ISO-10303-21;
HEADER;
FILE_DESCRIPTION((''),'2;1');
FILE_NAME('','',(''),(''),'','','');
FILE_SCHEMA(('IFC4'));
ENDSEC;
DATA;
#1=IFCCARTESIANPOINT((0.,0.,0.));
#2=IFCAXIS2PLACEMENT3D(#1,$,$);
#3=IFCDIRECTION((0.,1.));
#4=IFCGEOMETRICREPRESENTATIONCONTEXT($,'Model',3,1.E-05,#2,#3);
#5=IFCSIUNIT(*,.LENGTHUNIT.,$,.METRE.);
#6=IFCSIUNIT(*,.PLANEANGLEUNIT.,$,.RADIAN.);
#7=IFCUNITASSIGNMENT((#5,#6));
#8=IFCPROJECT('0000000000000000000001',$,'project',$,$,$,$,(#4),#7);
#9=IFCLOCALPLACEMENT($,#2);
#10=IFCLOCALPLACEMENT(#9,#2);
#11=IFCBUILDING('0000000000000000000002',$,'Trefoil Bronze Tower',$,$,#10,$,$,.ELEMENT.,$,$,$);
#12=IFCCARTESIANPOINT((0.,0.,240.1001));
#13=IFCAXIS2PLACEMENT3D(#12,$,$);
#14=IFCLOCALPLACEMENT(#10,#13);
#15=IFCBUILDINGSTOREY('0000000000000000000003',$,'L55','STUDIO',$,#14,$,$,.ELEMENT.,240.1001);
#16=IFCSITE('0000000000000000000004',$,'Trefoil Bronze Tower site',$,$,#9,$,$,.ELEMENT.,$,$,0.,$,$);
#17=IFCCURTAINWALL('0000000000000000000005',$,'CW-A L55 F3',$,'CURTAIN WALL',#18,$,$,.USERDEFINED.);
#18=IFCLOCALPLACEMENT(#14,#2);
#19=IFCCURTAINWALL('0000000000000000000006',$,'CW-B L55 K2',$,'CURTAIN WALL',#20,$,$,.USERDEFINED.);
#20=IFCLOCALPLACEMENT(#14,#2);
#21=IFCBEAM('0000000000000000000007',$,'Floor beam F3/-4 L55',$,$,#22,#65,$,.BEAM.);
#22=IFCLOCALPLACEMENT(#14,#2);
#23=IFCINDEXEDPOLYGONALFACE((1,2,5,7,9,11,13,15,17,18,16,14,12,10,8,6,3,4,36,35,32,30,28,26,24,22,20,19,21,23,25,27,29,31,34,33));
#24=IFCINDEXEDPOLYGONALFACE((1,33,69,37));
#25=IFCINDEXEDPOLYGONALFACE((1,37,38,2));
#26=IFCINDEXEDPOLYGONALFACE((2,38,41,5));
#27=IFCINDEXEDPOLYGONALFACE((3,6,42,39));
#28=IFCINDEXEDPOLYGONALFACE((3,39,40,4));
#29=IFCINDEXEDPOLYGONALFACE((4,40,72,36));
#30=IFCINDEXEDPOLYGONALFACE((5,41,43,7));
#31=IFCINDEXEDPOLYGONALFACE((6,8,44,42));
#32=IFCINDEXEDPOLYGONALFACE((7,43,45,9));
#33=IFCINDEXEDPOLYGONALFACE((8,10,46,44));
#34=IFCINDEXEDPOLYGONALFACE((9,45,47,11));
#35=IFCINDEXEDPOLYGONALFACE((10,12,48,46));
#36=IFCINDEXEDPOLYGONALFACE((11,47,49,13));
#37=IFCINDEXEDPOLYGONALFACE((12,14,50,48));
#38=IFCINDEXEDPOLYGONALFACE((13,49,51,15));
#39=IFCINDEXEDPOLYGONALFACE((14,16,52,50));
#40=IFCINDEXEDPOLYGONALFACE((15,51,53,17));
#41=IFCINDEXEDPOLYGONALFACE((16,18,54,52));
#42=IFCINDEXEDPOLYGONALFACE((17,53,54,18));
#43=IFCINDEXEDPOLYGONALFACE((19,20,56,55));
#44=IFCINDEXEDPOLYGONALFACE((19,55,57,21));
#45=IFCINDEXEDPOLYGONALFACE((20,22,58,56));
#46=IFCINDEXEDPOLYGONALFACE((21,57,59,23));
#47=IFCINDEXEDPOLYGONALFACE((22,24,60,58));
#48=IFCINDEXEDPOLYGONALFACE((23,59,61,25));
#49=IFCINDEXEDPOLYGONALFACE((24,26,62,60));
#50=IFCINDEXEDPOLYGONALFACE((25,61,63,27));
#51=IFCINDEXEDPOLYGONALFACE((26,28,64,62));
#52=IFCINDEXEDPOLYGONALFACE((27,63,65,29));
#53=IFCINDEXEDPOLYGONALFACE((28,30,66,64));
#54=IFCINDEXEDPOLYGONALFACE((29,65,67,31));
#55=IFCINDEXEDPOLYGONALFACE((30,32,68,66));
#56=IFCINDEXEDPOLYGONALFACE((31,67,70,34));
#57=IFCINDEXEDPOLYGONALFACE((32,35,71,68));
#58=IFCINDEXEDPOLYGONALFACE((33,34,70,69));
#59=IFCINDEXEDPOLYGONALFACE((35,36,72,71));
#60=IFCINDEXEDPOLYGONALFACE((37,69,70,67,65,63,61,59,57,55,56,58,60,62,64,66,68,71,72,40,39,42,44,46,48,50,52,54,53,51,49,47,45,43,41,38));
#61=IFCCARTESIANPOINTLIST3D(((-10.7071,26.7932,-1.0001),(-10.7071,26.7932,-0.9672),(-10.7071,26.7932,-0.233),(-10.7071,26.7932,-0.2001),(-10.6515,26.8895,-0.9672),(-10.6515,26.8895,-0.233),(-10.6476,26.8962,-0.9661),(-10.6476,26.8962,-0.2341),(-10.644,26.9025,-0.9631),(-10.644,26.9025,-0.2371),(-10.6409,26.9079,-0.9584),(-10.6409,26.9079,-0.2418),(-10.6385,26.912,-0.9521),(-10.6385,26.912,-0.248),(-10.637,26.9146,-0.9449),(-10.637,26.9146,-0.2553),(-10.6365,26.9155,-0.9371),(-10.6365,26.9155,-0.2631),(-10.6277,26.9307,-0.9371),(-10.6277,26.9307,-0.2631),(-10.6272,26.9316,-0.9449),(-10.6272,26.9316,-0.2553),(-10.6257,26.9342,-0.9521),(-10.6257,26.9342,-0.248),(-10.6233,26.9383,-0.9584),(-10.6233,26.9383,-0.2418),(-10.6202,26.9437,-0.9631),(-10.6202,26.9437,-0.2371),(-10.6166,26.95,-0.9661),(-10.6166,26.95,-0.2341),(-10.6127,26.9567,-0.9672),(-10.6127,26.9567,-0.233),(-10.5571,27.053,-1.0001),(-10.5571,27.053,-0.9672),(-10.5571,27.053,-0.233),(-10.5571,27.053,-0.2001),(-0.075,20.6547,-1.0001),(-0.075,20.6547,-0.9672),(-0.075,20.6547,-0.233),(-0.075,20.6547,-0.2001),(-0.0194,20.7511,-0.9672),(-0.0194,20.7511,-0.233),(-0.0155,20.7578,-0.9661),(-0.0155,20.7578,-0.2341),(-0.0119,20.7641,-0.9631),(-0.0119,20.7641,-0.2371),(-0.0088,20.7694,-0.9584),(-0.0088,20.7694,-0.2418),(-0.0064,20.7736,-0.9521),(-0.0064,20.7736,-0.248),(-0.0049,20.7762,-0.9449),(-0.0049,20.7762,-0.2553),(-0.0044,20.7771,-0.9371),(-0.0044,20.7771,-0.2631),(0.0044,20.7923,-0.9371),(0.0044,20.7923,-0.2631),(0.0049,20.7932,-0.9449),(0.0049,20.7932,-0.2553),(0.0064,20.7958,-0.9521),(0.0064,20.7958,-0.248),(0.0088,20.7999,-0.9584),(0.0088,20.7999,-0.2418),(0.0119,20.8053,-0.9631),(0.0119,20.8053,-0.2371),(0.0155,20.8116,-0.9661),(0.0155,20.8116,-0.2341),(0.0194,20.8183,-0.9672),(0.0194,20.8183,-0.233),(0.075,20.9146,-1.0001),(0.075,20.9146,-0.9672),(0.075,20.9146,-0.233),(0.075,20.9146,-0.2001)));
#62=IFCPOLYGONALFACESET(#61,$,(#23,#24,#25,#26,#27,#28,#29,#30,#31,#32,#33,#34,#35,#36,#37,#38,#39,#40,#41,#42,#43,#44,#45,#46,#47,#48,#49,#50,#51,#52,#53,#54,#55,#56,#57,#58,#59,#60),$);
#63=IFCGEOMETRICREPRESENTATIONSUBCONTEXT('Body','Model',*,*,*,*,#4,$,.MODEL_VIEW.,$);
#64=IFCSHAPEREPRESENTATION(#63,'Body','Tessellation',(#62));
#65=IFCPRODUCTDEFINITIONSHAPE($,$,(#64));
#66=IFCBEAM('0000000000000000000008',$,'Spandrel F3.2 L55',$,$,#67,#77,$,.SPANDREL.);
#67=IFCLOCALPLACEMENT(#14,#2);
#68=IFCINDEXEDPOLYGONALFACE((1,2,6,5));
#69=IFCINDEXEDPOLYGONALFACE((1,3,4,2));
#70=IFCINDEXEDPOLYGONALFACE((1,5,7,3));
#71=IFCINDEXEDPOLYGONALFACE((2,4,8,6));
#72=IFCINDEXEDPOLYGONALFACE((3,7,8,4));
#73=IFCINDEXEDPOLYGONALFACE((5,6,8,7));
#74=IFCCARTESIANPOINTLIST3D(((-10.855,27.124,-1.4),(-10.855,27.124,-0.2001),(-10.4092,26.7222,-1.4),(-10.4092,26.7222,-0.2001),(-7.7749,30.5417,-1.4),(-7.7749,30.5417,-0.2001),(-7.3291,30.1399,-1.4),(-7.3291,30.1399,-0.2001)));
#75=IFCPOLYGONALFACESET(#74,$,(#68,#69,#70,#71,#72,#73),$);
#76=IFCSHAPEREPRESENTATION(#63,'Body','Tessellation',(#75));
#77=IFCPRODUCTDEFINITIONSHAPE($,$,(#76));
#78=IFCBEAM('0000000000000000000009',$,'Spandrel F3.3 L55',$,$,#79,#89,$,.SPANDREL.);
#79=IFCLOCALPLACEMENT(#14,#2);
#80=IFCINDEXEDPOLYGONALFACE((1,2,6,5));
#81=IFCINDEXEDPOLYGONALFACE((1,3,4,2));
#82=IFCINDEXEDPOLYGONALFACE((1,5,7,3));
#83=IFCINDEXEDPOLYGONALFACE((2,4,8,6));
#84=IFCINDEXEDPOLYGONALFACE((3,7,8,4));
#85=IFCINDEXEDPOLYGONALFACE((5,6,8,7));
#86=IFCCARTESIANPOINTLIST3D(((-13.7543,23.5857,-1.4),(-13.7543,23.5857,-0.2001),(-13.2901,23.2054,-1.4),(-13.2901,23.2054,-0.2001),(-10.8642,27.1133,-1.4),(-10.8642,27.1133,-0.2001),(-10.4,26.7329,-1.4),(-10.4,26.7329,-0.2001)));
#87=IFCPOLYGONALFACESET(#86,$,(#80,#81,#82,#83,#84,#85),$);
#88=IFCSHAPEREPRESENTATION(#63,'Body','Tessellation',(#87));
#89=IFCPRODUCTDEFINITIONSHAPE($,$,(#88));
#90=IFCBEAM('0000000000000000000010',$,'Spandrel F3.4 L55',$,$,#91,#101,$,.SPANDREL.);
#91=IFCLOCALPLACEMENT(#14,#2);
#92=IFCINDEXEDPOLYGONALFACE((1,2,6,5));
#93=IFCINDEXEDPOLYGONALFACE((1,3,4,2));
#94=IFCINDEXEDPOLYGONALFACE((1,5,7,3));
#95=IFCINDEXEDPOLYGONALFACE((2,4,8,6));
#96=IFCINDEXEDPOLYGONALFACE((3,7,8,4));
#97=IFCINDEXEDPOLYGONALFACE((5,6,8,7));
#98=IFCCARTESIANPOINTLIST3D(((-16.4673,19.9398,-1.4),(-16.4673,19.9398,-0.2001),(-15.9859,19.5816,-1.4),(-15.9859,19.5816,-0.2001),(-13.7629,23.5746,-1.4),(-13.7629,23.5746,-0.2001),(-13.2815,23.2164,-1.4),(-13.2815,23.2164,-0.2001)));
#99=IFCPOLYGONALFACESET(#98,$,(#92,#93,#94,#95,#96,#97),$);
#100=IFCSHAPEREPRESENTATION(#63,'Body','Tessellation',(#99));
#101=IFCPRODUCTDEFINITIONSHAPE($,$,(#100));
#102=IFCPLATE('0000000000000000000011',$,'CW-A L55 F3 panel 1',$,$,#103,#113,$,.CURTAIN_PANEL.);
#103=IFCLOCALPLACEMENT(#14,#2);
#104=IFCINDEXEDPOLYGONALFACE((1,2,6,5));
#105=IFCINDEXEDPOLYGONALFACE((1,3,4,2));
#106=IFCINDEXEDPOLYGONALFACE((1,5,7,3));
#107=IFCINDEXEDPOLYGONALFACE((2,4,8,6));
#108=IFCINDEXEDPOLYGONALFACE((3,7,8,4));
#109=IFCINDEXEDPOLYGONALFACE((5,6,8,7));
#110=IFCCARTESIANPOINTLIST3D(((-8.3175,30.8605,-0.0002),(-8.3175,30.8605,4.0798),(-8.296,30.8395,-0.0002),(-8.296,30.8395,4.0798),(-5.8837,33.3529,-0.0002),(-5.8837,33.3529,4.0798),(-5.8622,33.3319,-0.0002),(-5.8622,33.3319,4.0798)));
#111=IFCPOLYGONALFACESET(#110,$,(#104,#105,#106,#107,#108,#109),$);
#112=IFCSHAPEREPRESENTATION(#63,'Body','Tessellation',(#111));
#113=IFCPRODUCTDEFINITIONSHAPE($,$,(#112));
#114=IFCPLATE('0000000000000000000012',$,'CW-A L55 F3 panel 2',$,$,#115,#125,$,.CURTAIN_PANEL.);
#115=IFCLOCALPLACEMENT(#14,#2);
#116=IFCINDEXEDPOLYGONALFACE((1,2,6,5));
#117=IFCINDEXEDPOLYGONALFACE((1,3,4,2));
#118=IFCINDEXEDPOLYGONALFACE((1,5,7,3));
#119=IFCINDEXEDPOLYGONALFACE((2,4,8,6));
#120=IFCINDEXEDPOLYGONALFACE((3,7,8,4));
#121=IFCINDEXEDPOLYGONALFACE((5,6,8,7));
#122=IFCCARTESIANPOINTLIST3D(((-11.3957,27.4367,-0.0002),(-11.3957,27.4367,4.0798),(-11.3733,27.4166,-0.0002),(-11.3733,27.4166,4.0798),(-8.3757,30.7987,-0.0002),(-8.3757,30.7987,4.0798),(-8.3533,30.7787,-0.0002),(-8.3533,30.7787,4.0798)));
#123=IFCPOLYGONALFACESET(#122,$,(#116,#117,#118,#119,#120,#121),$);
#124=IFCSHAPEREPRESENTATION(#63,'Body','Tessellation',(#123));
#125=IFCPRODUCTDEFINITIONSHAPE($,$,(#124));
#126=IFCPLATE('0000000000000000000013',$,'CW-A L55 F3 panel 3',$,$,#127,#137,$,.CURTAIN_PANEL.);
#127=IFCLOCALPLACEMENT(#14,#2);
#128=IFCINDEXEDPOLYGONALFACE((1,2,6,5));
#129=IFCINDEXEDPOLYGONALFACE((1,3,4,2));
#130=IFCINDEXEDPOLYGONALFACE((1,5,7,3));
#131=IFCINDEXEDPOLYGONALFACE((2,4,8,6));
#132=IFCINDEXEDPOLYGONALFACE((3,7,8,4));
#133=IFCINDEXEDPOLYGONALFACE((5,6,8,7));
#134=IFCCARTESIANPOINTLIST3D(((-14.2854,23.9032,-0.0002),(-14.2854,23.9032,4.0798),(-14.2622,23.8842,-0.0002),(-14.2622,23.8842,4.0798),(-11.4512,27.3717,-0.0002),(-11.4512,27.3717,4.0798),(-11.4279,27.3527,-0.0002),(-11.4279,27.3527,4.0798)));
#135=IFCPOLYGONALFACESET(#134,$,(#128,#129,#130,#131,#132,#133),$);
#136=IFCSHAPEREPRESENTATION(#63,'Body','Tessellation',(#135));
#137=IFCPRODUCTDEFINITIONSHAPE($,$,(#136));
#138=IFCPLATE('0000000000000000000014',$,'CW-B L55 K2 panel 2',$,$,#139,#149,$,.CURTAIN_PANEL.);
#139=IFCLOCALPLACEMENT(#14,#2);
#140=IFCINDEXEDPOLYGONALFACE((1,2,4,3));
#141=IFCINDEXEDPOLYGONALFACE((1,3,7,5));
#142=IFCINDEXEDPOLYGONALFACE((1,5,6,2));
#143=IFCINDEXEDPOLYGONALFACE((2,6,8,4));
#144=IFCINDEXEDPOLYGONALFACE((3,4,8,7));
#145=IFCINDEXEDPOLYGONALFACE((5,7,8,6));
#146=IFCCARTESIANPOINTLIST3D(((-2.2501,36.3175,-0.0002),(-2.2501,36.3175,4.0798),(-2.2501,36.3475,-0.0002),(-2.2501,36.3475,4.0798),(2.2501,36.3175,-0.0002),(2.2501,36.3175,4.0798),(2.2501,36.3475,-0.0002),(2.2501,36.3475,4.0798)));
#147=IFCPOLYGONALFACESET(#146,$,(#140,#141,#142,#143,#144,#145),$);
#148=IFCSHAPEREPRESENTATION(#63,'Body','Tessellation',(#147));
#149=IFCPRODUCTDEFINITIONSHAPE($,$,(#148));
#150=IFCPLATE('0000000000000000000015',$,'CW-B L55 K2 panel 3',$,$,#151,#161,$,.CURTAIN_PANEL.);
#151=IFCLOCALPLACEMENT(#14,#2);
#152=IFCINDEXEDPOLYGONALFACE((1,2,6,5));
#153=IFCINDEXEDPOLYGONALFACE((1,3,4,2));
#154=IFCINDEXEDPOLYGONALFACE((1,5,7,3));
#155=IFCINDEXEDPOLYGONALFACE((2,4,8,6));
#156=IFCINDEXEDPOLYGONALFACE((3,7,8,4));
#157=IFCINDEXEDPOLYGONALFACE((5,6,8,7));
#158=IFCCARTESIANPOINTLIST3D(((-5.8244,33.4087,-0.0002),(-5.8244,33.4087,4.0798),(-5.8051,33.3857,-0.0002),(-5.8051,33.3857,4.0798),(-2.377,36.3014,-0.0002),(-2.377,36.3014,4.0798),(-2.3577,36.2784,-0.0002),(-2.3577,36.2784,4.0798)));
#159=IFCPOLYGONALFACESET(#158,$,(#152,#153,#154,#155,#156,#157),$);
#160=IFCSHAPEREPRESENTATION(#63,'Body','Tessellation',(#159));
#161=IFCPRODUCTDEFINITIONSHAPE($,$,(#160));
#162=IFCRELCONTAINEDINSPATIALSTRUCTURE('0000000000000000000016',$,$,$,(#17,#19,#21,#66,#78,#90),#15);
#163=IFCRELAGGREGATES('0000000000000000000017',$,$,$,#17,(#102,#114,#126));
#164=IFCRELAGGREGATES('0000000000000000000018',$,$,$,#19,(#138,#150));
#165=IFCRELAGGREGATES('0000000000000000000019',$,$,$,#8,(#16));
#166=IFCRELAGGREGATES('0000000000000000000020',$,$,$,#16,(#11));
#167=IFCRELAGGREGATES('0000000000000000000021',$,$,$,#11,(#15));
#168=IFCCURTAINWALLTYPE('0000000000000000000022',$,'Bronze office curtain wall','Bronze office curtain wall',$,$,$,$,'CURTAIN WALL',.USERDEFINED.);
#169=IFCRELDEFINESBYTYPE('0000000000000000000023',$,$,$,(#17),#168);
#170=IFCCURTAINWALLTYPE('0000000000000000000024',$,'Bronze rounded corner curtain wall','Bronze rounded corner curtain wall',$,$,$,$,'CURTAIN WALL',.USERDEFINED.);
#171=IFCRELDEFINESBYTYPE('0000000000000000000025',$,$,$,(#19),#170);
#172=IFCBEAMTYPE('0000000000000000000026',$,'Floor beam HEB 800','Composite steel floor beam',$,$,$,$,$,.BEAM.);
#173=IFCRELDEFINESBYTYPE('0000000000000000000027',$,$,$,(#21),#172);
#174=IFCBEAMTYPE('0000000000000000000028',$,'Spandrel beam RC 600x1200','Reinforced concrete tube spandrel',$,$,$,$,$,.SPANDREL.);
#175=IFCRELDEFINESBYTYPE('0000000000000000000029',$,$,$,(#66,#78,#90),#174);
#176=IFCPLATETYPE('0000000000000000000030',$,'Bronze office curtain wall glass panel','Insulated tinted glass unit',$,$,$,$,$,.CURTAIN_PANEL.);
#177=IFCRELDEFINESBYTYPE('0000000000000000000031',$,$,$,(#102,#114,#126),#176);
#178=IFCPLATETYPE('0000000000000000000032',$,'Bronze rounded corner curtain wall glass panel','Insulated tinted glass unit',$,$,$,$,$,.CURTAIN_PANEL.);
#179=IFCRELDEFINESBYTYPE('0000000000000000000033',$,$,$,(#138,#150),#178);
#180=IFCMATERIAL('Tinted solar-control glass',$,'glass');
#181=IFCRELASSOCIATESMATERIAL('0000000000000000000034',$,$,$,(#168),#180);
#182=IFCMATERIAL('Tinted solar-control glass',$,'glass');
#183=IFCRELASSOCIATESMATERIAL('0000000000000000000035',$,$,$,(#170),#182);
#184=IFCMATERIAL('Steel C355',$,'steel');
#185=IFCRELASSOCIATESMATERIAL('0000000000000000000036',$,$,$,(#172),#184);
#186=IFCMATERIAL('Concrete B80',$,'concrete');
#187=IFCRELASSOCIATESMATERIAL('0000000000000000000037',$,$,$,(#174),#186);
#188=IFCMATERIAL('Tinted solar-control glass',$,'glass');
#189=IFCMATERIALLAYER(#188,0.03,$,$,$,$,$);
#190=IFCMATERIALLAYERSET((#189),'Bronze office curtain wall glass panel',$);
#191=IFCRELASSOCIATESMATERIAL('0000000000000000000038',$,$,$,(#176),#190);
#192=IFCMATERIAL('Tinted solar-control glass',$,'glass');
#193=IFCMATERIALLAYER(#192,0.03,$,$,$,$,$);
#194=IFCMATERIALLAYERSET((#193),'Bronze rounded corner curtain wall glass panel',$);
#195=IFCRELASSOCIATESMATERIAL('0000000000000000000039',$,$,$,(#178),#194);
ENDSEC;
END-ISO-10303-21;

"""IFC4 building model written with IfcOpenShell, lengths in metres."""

from ifc_helpers import new_model, si_unit, direction, frame, origin, origin_2d, place, context, subcontext, project, spatial, rectangle, i_section, extrude, material, layer, layer_set, material_profile, profile_set, type_object, element, aggregate, save


model = new_model("IFC4")

# Units and contexts
model_context = context("Model", 3, precision=1e-05, world=origin(), true_north=direction((0.0, 1.0)))
body_context = subcontext(model_context, "Body", "Model", "MODEL_VIEW")
ifc_project = project(units=[si_unit("LENGTHUNIT", "METRE"), si_unit("PLANEANGLEUNIT", "RADIAN")], contexts=[model_context])

# Site, building, storey
site_placement = place(None, origin())
site = spatial("IfcSite", under=ifc_project, at=site_placement, Name="Trefoil Bronze Tower site", CompositionType="ELEMENT", RefElevation=0.0)
building_placement = place(site_placement, origin())
building = spatial("IfcBuilding", under=site, at=building_placement, Name="Trefoil Bronze Tower", CompositionType="ELEMENT")
storey_placement = place(building_placement, frame((0.0, 0.0, 240.1001)))
storey = spatial("IfcBuildingStorey", under=building, at=storey_placement, Name="L55", Description="STUDIO", CompositionType="ELEMENT", Elevation=240.1001)

# Curtain walls
ifc_material_1 = material(Name="Tinted solar-control glass", Category="glass")
curtain_wall_type_1 = type_object("IfcCurtainWallType", Name="Bronze office curtain wall", Description="Bronze office curtain wall", ElementType="CURTAIN WALL", PredefinedType="USERDEFINED", material=ifc_material_1)
curtain_wall_1_placement = place(storey_placement, origin())
curtain_wall_1 = element("IfcCurtainWall", 1, at=curtain_wall_1_placement, inside=storey, type_object=curtain_wall_type_1, Name="CW-A L55 F3", ObjectType="CURTAIN WALL", PredefinedType="USERDEFINED")
ifc_material_2 = material(Name="Tinted solar-control glass", Category="glass")
curtain_wall_type_2 = type_object("IfcCurtainWallType", Name="Bronze rounded corner curtain wall", Description="Bronze rounded corner curtain wall", ElementType="CURTAIN WALL", PredefinedType="USERDEFINED", material=ifc_material_2)
curtain_wall_2_placement = place(storey_placement, origin())
curtain_wall_2 = element("IfcCurtainWall", 2, at=curtain_wall_2_placement, inside=storey, type_object=curtain_wall_type_2, Name="CW-B L55 K2", ObjectType="CURTAIN WALL", PredefinedType="USERDEFINED")

# Beams
ifc_material_3 = material(Name="Steel C355", Category="steel")
ifc_material_profile_1 = material_profile(ifc_material_3, i_section(OverallWidth=0.3, OverallDepth=0.8, WebThickness=0.0176, FlangeThickness=0.033, FilletRadius=0.03, at=origin_2d()), Name="HEB 800")
ifc_profile_set_1 = profile_set([ifc_material_profile_1], Name="Steel C355")
beam_type_1 = type_object("IfcBeamType", Name="Floor beam HEB 800", Description="Composite steel floor beam", PredefinedType="BEAM", material=ifc_profile_set_1)
beam_1_placement = place(storey_placement, frame((-10.6321, 26.9231, -0.6001), z_axis=(0.866026, -0.5, 0.0), x_axis=(0.5, 0.866026, 0.0)))
element("IfcBeam", 3, at=beam_1_placement, inside=storey, type_object=beam_type_1, Name="Floor beam F3/-4 L55", PredefinedType="BEAM", context=body_context, shape_type="SweptSolid", body=[
    extrude(i_section(OverallWidth=0.3, OverallDepth=0.8, WebThickness=0.0176, FlangeThickness=0.033, FilletRadius=0.03, at=origin_2d()), origin(), (0.0, 0.0, 1.0), 12.2769),
])
ifc_material_4 = material(Name="Concrete B80", Category="concrete")
ifc_material_profile_2 = material_profile(ifc_material_4, rectangle(XDim=0.6001, YDim=1.2, at=origin_2d()), Name="RC 600x1200")
ifc_profile_set_2 = profile_set([ifc_material_profile_2], Name="Concrete B80")
beam_type_2 = type_object("IfcBeamType", Name="Spandrel beam RC 600x1200", Description="Reinforced concrete tube spandrel", PredefinedType="SPANDREL", material=ifc_profile_set_2)
beam_2_placement = place(storey_placement, frame((-7.552, 30.3408, -0.8), z_axis=(-0.66946, -0.742848, 0.0), x_axis=(0.742848, -0.66946, 0.0)))
element("IfcBeam", 4, at=beam_2_placement, inside=storey, type_object=beam_type_2, Name="Spandrel F3.2 L55", PredefinedType="SPANDREL", context=body_context, shape_type="SweptSolid", body=[
    extrude(rectangle(XDim=0.6001, YDim=1.2, at=origin_2d()), origin(), (0.0, 0.0, 1.0), 4.6008),
])
beam_3_placement = place(storey_placement, frame((-10.6321, 26.9231, -0.8), z_axis=(-0.633754, -0.773535, 0.0), x_axis=(0.773535, -0.633754, 0.0)))
element("IfcBeam", 5, at=beam_3_placement, inside=storey, type_object=beam_type_2, Name="Spandrel F3.3 L55", PredefinedType="SPANDREL", context=body_context, shape_type="SweptSolid", body=[
    extrude(rectangle(XDim=0.6001, YDim=1.2, at=origin_2d()), origin(), (0.0, 0.0, 1.0), 4.5603),
])
beam_4_placement = place(storey_placement, frame((-13.5222, 23.3955, -0.8), z_axis=(-0.596926, -0.802296, 0.0), x_axis=(0.802296, -0.596926, 0.0)))
element("IfcBeam", 6, at=beam_4_placement, inside=storey, type_object=beam_type_2, Name="Spandrel F3.4 L55", PredefinedType="SPANDREL", context=body_context, shape_type="SweptSolid", body=[
    extrude(rectangle(XDim=0.6001, YDim=1.2, at=origin_2d()), origin(), (0.0, 0.0, 1.0), 4.5305),
])

# Plates
ifc_material_5 = material(Name="Tinted solar-control glass", Category="glass")
ifc_layer_1 = layer(ifc_material_5, 0.03)
ifc_layer_set_1 = layer_set([ifc_layer_1], Name="Bronze office curtain wall glass panel")
plate_type_1 = type_object("IfcPlateType", Name="Bronze office curtain wall glass panel", Description="Insulated tinted glass unit", PredefinedType="CURTAIN_PANEL", material=ifc_layer_set_1)
plate_1_placement = place(storey_placement, frame((-7.0898, 32.0962, -0.0002), z_axis=(0.0, 0.0, 1.0), x_axis=(-0.698652, -0.715462, 0.0)))
plate_1 = element("IfcPlate", 7, at=plate_1_placement, type_object=plate_type_1, Name="CW-A L55 F3 panel 1", PredefinedType="CURTAIN_PANEL", context=body_context, shape_type="SweptSolid", body=[
    extrude(rectangle(XDim=3.4836, YDim=0.03, at=origin_2d()), origin(), (0.0, 0.0, 1.0), 4.0801),
])
plate_2_placement = place(storey_placement, frame((-9.8745, 29.1077, -0.0002), z_axis=(0.0, 0.0, 1.0), x_axis=(-0.668246, -0.743941, 0.0)))
plate_2 = element("IfcPlate", 8, at=plate_2_placement, type_object=plate_type_1, Name="CW-A L55 F3 panel 2", PredefinedType="CURTAIN_PANEL", context=body_context, shape_type="SweptSolid", body=[
    extrude(rectangle(XDim=4.5193, YDim=0.03, at=origin_2d()), origin(), (0.0, 0.0, 1.0), 4.0801),
])
plate_3_placement = place(storey_placement, frame((-12.8567, 25.6279, -0.0002), z_axis=(0.0, 0.0, 1.0), x_axis=(-0.632753, -0.774354, 0.0)))
plate_3 = element("IfcPlate", 9, at=plate_3_placement, type_object=plate_type_1, Name="CW-A L55 F3 panel 3", PredefinedType="CURTAIN_PANEL", context=body_context, shape_type="SweptSolid", body=[
    extrude(rectangle(XDim=4.4792, YDim=0.03, at=origin_2d()), origin(), (0.0, 0.0, 1.0), 4.0801),
])
aggregate(curtain_wall_1, [plate_1, plate_2, plate_3])
ifc_material_6 = material(Name="Tinted solar-control glass", Category="glass")
ifc_layer_2 = layer(ifc_material_6, 0.03)
ifc_layer_set_2 = layer_set([ifc_layer_2], Name="Bronze rounded corner curtain wall glass panel")
plate_type_2 = type_object("IfcPlateType", Name="Bronze rounded corner curtain wall glass panel", Description="Insulated tinted glass unit", PredefinedType="CURTAIN_PANEL", material=ifc_layer_set_2)
plate_4_placement = place(storey_placement, frame((0.0, 36.3325, -0.0002), z_axis=(0.0, 0.0, 1.0), x_axis=(-1.0, 0.0, 0.0)))
plate_4 = element("IfcPlate", 10, at=plate_4_placement, type_object=plate_type_2, Name="CW-B L55 K2 panel 2", PredefinedType="CURTAIN_PANEL", context=body_context, shape_type="SweptSolid", body=[
    extrude(rectangle(XDim=4.5002, YDim=0.03, at=origin_2d()), origin(), (0.0, 0.0, 1.0), 4.0801),
])
plate_5_placement = place(storey_placement, frame((-4.0911, 34.8435, -0.0002), z_axis=(0.0, 0.0, 1.0), x_axis=(-0.766044, -0.642788, 0.0)))
plate_5 = element("IfcPlate", 11, at=plate_5_placement, type_object=plate_type_2, Name="CW-B L55 K2 panel 3", PredefinedType="CURTAIN_PANEL", context=body_context, shape_type="SweptSolid", body=[
    extrude(rectangle(XDim=4.5002, YDim=0.03, at=origin_2d()), origin(), (0.0, 0.0, 1.0), 4.0801),
])
aggregate(curtain_wall_2, [plate_4, plate_5])

save(model, "model.ifc")
